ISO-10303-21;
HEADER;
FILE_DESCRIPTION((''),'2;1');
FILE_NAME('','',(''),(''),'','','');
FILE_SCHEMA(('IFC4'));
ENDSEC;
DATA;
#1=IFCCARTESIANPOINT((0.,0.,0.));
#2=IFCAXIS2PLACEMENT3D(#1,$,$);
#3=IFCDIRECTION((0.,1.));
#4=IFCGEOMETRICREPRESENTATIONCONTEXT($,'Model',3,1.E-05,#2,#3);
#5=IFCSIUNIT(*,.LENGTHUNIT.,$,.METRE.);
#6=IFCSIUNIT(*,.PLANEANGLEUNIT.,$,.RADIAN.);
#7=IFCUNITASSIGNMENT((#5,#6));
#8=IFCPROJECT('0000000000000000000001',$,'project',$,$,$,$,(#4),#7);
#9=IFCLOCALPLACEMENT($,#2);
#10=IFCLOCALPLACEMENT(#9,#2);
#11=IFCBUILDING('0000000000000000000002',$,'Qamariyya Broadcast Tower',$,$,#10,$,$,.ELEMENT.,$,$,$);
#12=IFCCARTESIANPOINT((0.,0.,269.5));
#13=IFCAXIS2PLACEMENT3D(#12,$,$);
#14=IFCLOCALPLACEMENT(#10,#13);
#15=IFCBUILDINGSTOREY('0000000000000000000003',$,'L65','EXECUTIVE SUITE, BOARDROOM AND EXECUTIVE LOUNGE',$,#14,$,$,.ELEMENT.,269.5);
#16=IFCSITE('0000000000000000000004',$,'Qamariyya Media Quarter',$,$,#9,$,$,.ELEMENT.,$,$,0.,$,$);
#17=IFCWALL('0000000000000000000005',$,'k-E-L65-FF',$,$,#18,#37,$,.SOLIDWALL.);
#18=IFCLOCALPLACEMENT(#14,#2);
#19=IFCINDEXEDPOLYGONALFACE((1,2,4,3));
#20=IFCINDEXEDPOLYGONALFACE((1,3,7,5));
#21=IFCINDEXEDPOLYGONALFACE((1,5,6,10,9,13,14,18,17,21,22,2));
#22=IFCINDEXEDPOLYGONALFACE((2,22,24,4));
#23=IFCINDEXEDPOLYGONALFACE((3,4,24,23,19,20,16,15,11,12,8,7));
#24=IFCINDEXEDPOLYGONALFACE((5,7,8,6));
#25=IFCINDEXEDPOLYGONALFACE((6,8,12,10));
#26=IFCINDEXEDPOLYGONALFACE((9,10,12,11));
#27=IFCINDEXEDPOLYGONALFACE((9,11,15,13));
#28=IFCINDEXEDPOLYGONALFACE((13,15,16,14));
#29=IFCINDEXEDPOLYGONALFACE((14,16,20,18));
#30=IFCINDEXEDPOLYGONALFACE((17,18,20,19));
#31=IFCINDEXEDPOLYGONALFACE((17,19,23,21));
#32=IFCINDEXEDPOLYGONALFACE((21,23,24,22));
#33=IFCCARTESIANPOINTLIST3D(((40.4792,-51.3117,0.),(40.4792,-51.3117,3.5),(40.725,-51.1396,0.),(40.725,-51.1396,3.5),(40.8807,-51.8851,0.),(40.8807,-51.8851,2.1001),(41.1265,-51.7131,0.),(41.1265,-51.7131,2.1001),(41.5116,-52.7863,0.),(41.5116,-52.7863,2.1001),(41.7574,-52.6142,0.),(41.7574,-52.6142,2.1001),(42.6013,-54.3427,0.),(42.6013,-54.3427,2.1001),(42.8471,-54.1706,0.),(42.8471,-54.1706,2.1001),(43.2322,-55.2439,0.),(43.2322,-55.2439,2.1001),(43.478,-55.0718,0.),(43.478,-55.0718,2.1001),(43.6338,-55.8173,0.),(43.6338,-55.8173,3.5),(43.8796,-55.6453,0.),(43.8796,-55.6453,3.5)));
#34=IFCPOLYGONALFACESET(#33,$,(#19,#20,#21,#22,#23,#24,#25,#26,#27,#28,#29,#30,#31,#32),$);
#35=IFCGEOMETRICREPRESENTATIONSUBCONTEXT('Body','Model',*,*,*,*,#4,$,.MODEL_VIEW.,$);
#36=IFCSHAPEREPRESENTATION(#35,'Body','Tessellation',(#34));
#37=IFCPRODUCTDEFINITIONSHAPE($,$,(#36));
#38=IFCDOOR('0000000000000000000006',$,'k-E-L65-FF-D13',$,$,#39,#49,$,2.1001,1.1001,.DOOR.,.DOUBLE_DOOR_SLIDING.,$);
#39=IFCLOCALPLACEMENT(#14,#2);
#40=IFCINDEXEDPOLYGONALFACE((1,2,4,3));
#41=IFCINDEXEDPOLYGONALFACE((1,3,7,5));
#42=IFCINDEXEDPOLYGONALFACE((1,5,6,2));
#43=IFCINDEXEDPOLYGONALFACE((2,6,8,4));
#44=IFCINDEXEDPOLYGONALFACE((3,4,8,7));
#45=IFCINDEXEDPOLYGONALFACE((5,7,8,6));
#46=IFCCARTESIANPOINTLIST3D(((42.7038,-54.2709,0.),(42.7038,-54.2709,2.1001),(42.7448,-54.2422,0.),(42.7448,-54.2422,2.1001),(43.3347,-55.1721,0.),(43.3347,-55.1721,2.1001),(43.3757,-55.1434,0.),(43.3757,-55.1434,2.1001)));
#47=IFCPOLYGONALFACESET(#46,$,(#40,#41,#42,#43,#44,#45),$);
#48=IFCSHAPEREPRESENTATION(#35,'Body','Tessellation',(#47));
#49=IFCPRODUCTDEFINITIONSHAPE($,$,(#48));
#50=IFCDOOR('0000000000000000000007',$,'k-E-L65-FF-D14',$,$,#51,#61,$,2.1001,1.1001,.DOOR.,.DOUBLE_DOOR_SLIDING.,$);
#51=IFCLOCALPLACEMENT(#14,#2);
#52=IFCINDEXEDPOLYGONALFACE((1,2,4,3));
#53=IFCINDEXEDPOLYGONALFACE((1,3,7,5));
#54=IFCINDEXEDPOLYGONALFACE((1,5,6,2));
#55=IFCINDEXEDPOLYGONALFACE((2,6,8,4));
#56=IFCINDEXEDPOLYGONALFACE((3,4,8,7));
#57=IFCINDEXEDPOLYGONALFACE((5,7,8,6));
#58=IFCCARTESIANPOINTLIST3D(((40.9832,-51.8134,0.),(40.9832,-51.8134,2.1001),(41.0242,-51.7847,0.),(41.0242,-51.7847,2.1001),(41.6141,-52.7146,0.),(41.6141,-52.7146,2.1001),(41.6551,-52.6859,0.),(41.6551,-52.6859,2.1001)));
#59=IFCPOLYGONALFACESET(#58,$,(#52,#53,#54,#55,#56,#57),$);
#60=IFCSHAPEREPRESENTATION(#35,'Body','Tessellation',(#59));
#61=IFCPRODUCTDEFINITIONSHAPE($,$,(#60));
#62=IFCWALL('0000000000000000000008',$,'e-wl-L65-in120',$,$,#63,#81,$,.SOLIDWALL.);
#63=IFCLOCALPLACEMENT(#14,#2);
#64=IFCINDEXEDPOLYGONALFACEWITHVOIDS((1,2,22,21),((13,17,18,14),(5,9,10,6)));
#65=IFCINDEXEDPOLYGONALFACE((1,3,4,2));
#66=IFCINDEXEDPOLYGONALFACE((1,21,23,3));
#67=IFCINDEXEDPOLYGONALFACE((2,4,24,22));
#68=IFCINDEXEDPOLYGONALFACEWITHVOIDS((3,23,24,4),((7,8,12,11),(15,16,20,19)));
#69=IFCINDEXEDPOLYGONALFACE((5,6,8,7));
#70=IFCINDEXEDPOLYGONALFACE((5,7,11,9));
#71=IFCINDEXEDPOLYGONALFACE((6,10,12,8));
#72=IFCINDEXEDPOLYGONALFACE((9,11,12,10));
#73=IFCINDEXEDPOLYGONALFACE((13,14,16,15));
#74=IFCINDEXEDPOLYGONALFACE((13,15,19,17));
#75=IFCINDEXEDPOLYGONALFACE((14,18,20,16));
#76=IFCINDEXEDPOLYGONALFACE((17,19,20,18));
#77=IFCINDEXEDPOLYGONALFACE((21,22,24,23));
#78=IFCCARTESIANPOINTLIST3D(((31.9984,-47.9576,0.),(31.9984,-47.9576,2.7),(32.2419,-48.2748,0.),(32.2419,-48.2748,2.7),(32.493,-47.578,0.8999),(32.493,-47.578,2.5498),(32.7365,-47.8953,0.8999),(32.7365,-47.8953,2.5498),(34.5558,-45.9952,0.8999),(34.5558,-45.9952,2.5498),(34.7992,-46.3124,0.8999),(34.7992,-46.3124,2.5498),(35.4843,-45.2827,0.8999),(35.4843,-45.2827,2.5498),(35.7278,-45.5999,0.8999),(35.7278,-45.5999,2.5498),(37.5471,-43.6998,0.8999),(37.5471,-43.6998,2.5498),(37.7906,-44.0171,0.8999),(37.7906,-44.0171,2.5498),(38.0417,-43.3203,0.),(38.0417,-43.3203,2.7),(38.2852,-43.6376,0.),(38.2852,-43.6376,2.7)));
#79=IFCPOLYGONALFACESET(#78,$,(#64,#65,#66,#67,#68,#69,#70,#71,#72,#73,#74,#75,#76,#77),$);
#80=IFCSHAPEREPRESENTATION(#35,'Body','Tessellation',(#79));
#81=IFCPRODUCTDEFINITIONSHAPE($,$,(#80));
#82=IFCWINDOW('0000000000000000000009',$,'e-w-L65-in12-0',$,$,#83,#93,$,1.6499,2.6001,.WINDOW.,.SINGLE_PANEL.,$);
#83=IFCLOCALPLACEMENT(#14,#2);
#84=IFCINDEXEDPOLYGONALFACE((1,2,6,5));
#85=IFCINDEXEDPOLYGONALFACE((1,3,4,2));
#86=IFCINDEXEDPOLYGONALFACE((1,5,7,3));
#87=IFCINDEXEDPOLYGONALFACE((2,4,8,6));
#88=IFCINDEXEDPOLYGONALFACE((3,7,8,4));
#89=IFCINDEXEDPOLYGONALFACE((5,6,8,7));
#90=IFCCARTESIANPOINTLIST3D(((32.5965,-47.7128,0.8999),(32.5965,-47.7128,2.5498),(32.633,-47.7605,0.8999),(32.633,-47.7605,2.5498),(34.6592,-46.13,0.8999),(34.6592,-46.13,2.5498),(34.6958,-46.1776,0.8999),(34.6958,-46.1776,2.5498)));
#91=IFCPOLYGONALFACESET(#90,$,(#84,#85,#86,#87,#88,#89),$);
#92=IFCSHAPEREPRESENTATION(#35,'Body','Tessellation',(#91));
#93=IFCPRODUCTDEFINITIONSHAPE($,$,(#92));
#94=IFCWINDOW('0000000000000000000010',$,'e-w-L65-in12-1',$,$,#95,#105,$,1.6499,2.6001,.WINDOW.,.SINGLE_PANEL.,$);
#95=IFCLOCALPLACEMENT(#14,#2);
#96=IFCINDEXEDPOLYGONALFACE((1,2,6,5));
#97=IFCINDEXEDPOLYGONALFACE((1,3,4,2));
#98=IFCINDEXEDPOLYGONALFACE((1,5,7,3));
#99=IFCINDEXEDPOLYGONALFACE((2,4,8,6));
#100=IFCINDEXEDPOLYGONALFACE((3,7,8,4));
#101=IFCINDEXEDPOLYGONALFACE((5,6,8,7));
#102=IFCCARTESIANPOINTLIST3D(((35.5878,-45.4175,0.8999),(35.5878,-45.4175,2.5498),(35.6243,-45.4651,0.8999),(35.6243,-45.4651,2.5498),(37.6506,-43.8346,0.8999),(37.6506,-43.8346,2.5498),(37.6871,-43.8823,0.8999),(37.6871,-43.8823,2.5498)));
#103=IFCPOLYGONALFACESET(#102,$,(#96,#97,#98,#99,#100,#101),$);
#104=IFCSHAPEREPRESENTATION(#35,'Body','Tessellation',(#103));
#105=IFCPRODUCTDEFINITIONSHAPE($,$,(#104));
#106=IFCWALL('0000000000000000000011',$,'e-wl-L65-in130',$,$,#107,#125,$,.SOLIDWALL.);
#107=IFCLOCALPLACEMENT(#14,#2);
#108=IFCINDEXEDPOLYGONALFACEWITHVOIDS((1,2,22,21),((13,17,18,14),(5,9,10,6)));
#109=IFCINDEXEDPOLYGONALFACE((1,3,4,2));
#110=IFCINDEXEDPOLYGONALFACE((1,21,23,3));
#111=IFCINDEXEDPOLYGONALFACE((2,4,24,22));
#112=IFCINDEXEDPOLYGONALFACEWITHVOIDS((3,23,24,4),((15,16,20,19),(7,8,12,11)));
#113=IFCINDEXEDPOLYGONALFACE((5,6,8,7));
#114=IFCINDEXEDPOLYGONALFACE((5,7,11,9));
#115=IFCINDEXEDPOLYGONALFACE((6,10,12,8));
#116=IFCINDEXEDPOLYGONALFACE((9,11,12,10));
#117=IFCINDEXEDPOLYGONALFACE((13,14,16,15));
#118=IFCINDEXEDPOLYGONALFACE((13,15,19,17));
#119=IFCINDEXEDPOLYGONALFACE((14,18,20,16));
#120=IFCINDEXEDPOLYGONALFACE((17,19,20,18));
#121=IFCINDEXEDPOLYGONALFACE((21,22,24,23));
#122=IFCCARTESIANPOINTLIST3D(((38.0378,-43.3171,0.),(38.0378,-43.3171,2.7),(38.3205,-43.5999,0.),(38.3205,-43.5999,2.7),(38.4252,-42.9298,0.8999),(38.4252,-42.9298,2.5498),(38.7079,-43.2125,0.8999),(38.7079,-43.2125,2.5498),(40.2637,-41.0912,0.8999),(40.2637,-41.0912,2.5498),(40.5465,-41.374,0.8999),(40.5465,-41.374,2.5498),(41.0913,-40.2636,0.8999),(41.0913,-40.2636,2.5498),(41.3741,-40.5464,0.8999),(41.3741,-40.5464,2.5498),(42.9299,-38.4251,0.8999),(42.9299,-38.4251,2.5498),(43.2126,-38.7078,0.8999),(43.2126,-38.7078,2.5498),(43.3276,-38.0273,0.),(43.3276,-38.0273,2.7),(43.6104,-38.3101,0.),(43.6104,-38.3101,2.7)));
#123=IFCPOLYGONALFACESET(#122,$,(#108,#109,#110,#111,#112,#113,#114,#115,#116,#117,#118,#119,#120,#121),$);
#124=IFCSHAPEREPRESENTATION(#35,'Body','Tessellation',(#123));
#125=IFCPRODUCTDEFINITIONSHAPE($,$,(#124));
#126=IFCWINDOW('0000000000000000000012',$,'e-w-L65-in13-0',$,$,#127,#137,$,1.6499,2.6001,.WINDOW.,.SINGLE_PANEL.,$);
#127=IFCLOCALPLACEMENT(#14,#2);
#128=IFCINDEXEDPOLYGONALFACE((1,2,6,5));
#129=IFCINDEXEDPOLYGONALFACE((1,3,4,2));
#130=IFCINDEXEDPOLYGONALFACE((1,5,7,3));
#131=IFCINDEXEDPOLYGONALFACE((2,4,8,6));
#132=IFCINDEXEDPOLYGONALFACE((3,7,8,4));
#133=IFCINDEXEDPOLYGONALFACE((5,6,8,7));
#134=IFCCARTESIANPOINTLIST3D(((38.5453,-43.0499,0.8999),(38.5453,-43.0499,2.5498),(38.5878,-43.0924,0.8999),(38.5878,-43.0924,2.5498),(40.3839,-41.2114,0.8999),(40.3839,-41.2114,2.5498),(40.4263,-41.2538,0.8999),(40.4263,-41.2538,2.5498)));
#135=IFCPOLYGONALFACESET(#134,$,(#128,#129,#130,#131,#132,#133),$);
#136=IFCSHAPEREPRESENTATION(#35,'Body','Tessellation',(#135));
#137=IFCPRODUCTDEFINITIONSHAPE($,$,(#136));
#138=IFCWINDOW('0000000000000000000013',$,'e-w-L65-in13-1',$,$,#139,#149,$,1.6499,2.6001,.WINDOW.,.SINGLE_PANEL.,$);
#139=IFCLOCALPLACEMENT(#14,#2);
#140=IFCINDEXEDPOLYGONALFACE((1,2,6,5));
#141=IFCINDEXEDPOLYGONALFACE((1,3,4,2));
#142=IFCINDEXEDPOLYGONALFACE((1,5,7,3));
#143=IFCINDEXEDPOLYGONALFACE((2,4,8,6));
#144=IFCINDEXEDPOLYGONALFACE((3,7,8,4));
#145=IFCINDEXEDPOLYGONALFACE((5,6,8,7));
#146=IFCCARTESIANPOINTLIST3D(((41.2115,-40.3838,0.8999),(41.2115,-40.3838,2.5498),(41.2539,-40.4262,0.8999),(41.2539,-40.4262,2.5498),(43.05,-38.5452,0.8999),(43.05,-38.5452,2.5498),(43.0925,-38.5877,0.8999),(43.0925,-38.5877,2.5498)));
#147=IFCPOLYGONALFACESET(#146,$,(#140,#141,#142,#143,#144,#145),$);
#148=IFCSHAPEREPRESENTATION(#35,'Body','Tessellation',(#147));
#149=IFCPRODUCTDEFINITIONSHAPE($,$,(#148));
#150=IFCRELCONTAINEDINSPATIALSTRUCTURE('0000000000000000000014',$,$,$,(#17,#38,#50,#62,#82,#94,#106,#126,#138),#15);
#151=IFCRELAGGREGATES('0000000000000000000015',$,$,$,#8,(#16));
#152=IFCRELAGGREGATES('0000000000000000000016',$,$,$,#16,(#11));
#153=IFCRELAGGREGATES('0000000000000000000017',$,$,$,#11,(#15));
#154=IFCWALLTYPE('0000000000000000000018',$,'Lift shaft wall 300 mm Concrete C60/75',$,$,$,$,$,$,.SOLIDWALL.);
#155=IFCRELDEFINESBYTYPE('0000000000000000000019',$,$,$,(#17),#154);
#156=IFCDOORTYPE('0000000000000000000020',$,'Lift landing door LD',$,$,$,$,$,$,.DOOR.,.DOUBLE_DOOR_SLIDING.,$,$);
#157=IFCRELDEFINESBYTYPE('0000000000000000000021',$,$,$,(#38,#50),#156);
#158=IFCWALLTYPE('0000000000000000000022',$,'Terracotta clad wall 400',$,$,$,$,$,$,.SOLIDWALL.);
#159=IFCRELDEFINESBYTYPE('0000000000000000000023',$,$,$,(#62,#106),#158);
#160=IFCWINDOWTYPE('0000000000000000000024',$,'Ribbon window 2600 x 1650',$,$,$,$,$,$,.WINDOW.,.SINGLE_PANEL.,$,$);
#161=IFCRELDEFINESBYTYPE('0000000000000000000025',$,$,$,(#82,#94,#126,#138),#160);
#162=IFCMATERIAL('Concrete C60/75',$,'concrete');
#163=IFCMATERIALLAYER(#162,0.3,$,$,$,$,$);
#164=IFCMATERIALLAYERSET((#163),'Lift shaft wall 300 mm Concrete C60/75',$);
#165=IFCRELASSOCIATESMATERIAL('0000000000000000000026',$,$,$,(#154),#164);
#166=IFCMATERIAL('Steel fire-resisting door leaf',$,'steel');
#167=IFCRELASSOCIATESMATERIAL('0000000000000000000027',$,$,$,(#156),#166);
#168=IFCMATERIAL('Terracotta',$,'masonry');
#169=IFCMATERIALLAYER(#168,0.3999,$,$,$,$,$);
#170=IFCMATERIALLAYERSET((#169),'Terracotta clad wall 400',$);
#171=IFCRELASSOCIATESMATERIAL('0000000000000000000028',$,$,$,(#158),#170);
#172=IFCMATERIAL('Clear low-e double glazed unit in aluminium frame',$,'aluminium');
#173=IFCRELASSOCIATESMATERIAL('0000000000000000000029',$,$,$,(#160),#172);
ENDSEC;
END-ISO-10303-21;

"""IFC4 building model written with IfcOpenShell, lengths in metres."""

from ifc_helpers import new_model, si_unit, direction, frame, frame_2d, origin, place, context, subcontext, project, spatial, rectangle, extrude, material, layer, layer_set, type_object, element, fill, save


model = new_model("IFC4")

# Units and contexts
model_context = context("Model", 3, precision=1e-05, world=origin(), true_north=direction((0.0, 1.0)))
body_context = subcontext(model_context, "Body", "Model", "MODEL_VIEW")
ifc_project = project(units=[si_unit("LENGTHUNIT", "METRE"), si_unit("PLANEANGLEUNIT", "RADIAN")], contexts=[model_context])

# Site, building, storey
site_placement = place(None, origin())
site = spatial("IfcSite", under=ifc_project, at=site_placement, Name="Qamariyya Media Quarter", CompositionType="ELEMENT", RefElevation=0.0)
building_placement = place(site_placement, origin())
building = spatial("IfcBuilding", under=site, at=building_placement, Name="Qamariyya Broadcast Tower", CompositionType="ELEMENT")
storey_placement = place(building_placement, frame((0.0, 0.0, 269.5)))
storey = spatial("IfcBuildingStorey", under=building, at=storey_placement, Name="L65", Description="EXECUTIVE SUITE, BOARDROOM AND EXECUTIVE LOUNGE", CompositionType="ELEMENT", Elevation=269.5)

# Shared definitions
ifc_material_1 = material(Name="Concrete C60/75", Category="concrete")

# Shared definitions
ifc_layer_1 = layer(ifc_material_1, 0.3)
ifc_layer_set_1 = layer_set([ifc_layer_1], Name="Lift shaft wall 300 mm Concrete C60/75")
wall_type_1 = type_object("IfcWallType", Name="Lift shaft wall 300 mm Concrete C60/75", PredefinedType="SOLIDWALL", material=ifc_layer_set_1)
ifc_material_2 = material(Name="Steel fire-resisting door leaf", Category="steel")

# Wall, openings, doors
wall_1_placement = place(storey_placement, frame((43.7566, -55.7312, 0.0), z_axis=(0.0, 0.0, 1.0), x_axis=(-0.573537, 0.81918, 0.0)))
wall_1 = element("IfcWall", 1, at=wall_1_placement, inside=storey, type_object=wall_type_1, Name="k-E-L65-FF", PredefinedType="SOLIDWALL", context=body_context, shape_type="SweptSolid", body=[
    extrude(rectangle(XDim=5.5002, YDim=0.3, at=frame_2d((2.75, 0.0))), origin(), (0.0, 0.0, 1.0), 3.5),
])
opening_1_placement = place(wall_1_placement, frame((0.7, 0.0, 0.0)))
opening_1 = element("IfcOpeningElement", 2, at=opening_1_placement, cuts=wall_1, PredefinedType="OPENING", context=body_context, shape_type="SweptSolid", body=[
    extrude(rectangle(XDim=1.1001, YDim=2.1001, at=frame_2d((0.55, 1.05))), frame((0.0, 0.1599, 0.0), z_axis=(0.0, -1.0, 0.0), x_axis=(1.0, 0.0, 0.0)), (0.0, 0.0, 1.0), 0.3201),
])
opening_2_placement = place(wall_1_placement, frame((3.7, 0.0, 0.0)))
opening_2 = element("IfcOpeningElement", 3, at=opening_2_placement, cuts=wall_1, PredefinedType="OPENING", context=body_context, shape_type="SweptSolid", body=[
    extrude(rectangle(XDim=1.1001, YDim=2.1001, at=frame_2d((0.55, 1.05))), frame((0.0, 0.1599, 0.0), z_axis=(0.0, -1.0, 0.0), x_axis=(1.0, 0.0, 0.0)), (0.0, 0.0, 1.0), 0.3201),
])
door_type_1 = type_object("IfcDoorType", Name="Lift landing door LD", OperationType="DOUBLE_DOOR_SLIDING", PredefinedType="DOOR", material=ifc_material_2)
door_1_placement = place(opening_1_placement, origin())
door_1 = element("IfcDoor", 4, at=door_1_placement, inside=storey, type_object=door_type_1, Name="k-E-L65-FF-D13", OperationType="DOUBLE_DOOR_SLIDING", OverallHeight=2.1001, OverallWidth=1.1001, PredefinedType="DOOR", context=body_context, shape_type="SweptSolid", body=[
    extrude(rectangle(XDim=1.1001, YDim=2.1001, at=frame_2d((0.55, 1.05))), frame((0.0, 0.0249, 0.0), z_axis=(0.0, -1.0, 0.0), x_axis=(1.0, 0.0, 0.0)), (0.0, 0.0, 1.0), 0.05),
])
fill(opening_1, door_1)
door_2_placement = place(opening_2_placement, origin())
door_2 = element("IfcDoor", 5, at=door_2_placement, inside=storey, type_object=door_type_1, Name="k-E-L65-FF-D14", OperationType="DOUBLE_DOOR_SLIDING", OverallHeight=2.1001, OverallWidth=1.1001, PredefinedType="DOOR", context=body_context, shape_type="SweptSolid", body=[
    extrude(rectangle(XDim=1.1001, YDim=2.1001, at=frame_2d((0.55, 1.05))), frame((0.0, 0.0249, 0.0), z_axis=(0.0, -1.0, 0.0), x_axis=(1.0, 0.0, 0.0)), (0.0, 0.0, 1.0), 0.05),
])
fill(opening_2, door_2)

# Walls, openings, windows
ifc_material_3 = material(Name="Terracotta", Category="masonry")
ifc_layer_2 = layer(ifc_material_3, 0.3999)
ifc_layer_set_2 = layer_set([ifc_layer_2], Name="Terracotta clad wall 400")
wall_type_2 = type_object("IfcWallType", Name="Terracotta clad wall 400", PredefinedType="SOLIDWALL", material=ifc_layer_set_2)
wall_2_placement = place(storey_placement, frame((38.1633, -43.479, 0.0), z_axis=(0.0, 0.0, 1.0), x_axis=(-0.793348, -0.608769, 0.0)))
wall_2 = element("IfcWall", 6, at=wall_2_placement, inside=storey, type_object=wall_type_2, Name="e-wl-L65-in120", PredefinedType="SOLIDWALL", context=body_context, shape_type="SweptSolid", body=[
    extrude(rectangle(XDim=7.6174, YDim=0.3999, at=frame_2d((3.8086, 0.0))), origin(), (0.0, 0.0, 1.0), 2.7),
])
opening_3_placement = place(wall_2_placement, frame((4.3938, 0.0, 0.8999)))
opening_3 = element("IfcOpeningElement", 7, at=opening_3_placement, cuts=wall_2, PredefinedType="OPENING", context=body_context, shape_type="SweptSolid", body=[
    extrude(rectangle(XDim=2.6001, YDim=1.6499, at=frame_2d((1.3, 0.825))), frame((0.0, 0.21, 0.0), z_axis=(0.0, -1.0, 0.0), x_axis=(1.0, 0.0, 0.0)), (0.0, 0.0, 1.0), 0.4199),
])
opening_4_placement = place(wall_2_placement, frame((0.6233, 0.0, 0.8999)))
opening_4 = element("IfcOpeningElement", 8, at=opening_4_placement, cuts=wall_2, PredefinedType="OPENING", context=body_context, shape_type="SweptSolid", body=[
    extrude(rectangle(XDim=2.6001, YDim=1.6499, at=frame_2d((1.3, 0.825))), frame((0.0, 0.21, 0.0), z_axis=(0.0, -1.0, 0.0), x_axis=(1.0, 0.0, 0.0)), (0.0, 0.0, 1.0), 0.4199),
])
ifc_material_4 = material(Name="Clear low-e double glazed unit in aluminium frame", Category="aluminium")
window_type = type_object("IfcWindowType", Name="Ribbon window 2600 x 1650", PartitioningType="SINGLE_PANEL", PredefinedType="WINDOW", material=ifc_material_4)
window_1_placement = place(opening_3_placement, origin())
window_1 = element("IfcWindow", 9, at=window_1_placement, inside=storey, type_object=window_type, Name="e-w-L65-in12-0", OverallHeight=1.6499, OverallWidth=2.6001, PartitioningType="SINGLE_PANEL", PredefinedType="WINDOW", context=body_context, shape_type="SweptSolid", body=[
    extrude(rectangle(XDim=2.6001, YDim=1.6499, at=frame_2d((1.3, 0.825))), frame((0.0, 0.03, 0.0), z_axis=(0.0, -1.0, 0.0), x_axis=(1.0, 0.0, 0.0)), (0.0, 0.0, 1.0), 0.0601),
])
fill(opening_3, window_1)
window_2_placement = place(opening_4_placement, origin())
window_2 = element("IfcWindow", 10, at=window_2_placement, inside=storey, type_object=window_type, Name="e-w-L65-in12-1", OverallHeight=1.6499, OverallWidth=2.6001, PartitioningType="SINGLE_PANEL", PredefinedType="WINDOW", context=body_context, shape_type="SweptSolid", body=[
    extrude(rectangle(XDim=2.6001, YDim=1.6499, at=frame_2d((1.3, 0.825))), frame((0.0, 0.03, 0.0), z_axis=(0.0, -1.0, 0.0), x_axis=(1.0, 0.0, 0.0)), (0.0, 0.0, 1.0), 0.0601),
])
fill(opening_4, window_2)
wall_3_placement = place(storey_placement, frame((43.469, -38.1687, 0.0), z_axis=(0.0, 0.0, 1.0), x_axis=(-0.707107, -0.707107, 0.0)))
wall_3 = element("IfcWall", 11, at=wall_3_placement, inside=storey, type_object=wall_type_2, Name="e-wl-L65-in130", PredefinedType="SOLIDWALL", context=body_context, shape_type="SweptSolid", body=[
    extrude(rectangle(XDim=7.481, YDim=0.3999, at=frame_2d((3.7405, 0.0))), origin(), (0.0, 0.0, 1.0), 2.7),
])
opening_5_placement = place(wall_3_placement, frame((4.333, 0.0, 0.8999)))
opening_5 = element("IfcOpeningElement", 12, at=opening_5_placement, cuts=wall_3, PredefinedType="OPENING", context=body_context, shape_type="SweptSolid", body=[
    extrude(rectangle(XDim=2.6001, YDim=1.6499, at=frame_2d((1.3, 0.825))), frame((0.0, 0.21, 0.0), z_axis=(0.0, -1.0, 0.0), x_axis=(1.0, 0.0, 0.0)), (0.0, 0.0, 1.0), 0.4199),
])
opening_6_placement = place(wall_3_placement, frame((0.5625, 0.0, 0.8999)))
opening_6 = element("IfcOpeningElement", 13, at=opening_6_placement, cuts=wall_3, PredefinedType="OPENING", context=body_context, shape_type="SweptSolid", body=[
    extrude(rectangle(XDim=2.6001, YDim=1.6499, at=frame_2d((1.3, 0.825))), frame((0.0, 0.21, 0.0), z_axis=(0.0, -1.0, 0.0), x_axis=(1.0, 0.0, 0.0)), (0.0, 0.0, 1.0), 0.4199),
])
window_3_placement = place(opening_5_placement, origin())
window_3 = element("IfcWindow", 14, at=window_3_placement, inside=storey, type_object=window_type, Name="e-w-L65-in13-0", OverallHeight=1.6499, OverallWidth=2.6001, PartitioningType="SINGLE_PANEL", PredefinedType="WINDOW", context=body_context, shape_type="SweptSolid", body=[
    extrude(rectangle(XDim=2.6001, YDim=1.6499, at=frame_2d((1.3, 0.825))), frame((0.0, 0.03, 0.0), z_axis=(0.0, -1.0, 0.0), x_axis=(1.0, 0.0, 0.0)), (0.0, 0.0, 1.0), 0.0601),
])
fill(opening_5, window_3)
window_4_placement = place(opening_6_placement, origin())
window_4 = element("IfcWindow", 15, at=window_4_placement, inside=storey, type_object=window_type, Name="e-w-L65-in13-1", OverallHeight=1.6499, OverallWidth=2.6001, PartitioningType="SINGLE_PANEL", PredefinedType="WINDOW", context=body_context, shape_type="SweptSolid", body=[
    extrude(rectangle(XDim=2.6001, YDim=1.6499, at=frame_2d((1.3, 0.825))), frame((0.0, 0.03, 0.0), z_axis=(0.0, -1.0, 0.0), x_axis=(1.0, 0.0, 0.0)), (0.0, 0.0, 1.0), 0.0601),
])
fill(opening_6, window_4)

save(model, "model.ifc")
